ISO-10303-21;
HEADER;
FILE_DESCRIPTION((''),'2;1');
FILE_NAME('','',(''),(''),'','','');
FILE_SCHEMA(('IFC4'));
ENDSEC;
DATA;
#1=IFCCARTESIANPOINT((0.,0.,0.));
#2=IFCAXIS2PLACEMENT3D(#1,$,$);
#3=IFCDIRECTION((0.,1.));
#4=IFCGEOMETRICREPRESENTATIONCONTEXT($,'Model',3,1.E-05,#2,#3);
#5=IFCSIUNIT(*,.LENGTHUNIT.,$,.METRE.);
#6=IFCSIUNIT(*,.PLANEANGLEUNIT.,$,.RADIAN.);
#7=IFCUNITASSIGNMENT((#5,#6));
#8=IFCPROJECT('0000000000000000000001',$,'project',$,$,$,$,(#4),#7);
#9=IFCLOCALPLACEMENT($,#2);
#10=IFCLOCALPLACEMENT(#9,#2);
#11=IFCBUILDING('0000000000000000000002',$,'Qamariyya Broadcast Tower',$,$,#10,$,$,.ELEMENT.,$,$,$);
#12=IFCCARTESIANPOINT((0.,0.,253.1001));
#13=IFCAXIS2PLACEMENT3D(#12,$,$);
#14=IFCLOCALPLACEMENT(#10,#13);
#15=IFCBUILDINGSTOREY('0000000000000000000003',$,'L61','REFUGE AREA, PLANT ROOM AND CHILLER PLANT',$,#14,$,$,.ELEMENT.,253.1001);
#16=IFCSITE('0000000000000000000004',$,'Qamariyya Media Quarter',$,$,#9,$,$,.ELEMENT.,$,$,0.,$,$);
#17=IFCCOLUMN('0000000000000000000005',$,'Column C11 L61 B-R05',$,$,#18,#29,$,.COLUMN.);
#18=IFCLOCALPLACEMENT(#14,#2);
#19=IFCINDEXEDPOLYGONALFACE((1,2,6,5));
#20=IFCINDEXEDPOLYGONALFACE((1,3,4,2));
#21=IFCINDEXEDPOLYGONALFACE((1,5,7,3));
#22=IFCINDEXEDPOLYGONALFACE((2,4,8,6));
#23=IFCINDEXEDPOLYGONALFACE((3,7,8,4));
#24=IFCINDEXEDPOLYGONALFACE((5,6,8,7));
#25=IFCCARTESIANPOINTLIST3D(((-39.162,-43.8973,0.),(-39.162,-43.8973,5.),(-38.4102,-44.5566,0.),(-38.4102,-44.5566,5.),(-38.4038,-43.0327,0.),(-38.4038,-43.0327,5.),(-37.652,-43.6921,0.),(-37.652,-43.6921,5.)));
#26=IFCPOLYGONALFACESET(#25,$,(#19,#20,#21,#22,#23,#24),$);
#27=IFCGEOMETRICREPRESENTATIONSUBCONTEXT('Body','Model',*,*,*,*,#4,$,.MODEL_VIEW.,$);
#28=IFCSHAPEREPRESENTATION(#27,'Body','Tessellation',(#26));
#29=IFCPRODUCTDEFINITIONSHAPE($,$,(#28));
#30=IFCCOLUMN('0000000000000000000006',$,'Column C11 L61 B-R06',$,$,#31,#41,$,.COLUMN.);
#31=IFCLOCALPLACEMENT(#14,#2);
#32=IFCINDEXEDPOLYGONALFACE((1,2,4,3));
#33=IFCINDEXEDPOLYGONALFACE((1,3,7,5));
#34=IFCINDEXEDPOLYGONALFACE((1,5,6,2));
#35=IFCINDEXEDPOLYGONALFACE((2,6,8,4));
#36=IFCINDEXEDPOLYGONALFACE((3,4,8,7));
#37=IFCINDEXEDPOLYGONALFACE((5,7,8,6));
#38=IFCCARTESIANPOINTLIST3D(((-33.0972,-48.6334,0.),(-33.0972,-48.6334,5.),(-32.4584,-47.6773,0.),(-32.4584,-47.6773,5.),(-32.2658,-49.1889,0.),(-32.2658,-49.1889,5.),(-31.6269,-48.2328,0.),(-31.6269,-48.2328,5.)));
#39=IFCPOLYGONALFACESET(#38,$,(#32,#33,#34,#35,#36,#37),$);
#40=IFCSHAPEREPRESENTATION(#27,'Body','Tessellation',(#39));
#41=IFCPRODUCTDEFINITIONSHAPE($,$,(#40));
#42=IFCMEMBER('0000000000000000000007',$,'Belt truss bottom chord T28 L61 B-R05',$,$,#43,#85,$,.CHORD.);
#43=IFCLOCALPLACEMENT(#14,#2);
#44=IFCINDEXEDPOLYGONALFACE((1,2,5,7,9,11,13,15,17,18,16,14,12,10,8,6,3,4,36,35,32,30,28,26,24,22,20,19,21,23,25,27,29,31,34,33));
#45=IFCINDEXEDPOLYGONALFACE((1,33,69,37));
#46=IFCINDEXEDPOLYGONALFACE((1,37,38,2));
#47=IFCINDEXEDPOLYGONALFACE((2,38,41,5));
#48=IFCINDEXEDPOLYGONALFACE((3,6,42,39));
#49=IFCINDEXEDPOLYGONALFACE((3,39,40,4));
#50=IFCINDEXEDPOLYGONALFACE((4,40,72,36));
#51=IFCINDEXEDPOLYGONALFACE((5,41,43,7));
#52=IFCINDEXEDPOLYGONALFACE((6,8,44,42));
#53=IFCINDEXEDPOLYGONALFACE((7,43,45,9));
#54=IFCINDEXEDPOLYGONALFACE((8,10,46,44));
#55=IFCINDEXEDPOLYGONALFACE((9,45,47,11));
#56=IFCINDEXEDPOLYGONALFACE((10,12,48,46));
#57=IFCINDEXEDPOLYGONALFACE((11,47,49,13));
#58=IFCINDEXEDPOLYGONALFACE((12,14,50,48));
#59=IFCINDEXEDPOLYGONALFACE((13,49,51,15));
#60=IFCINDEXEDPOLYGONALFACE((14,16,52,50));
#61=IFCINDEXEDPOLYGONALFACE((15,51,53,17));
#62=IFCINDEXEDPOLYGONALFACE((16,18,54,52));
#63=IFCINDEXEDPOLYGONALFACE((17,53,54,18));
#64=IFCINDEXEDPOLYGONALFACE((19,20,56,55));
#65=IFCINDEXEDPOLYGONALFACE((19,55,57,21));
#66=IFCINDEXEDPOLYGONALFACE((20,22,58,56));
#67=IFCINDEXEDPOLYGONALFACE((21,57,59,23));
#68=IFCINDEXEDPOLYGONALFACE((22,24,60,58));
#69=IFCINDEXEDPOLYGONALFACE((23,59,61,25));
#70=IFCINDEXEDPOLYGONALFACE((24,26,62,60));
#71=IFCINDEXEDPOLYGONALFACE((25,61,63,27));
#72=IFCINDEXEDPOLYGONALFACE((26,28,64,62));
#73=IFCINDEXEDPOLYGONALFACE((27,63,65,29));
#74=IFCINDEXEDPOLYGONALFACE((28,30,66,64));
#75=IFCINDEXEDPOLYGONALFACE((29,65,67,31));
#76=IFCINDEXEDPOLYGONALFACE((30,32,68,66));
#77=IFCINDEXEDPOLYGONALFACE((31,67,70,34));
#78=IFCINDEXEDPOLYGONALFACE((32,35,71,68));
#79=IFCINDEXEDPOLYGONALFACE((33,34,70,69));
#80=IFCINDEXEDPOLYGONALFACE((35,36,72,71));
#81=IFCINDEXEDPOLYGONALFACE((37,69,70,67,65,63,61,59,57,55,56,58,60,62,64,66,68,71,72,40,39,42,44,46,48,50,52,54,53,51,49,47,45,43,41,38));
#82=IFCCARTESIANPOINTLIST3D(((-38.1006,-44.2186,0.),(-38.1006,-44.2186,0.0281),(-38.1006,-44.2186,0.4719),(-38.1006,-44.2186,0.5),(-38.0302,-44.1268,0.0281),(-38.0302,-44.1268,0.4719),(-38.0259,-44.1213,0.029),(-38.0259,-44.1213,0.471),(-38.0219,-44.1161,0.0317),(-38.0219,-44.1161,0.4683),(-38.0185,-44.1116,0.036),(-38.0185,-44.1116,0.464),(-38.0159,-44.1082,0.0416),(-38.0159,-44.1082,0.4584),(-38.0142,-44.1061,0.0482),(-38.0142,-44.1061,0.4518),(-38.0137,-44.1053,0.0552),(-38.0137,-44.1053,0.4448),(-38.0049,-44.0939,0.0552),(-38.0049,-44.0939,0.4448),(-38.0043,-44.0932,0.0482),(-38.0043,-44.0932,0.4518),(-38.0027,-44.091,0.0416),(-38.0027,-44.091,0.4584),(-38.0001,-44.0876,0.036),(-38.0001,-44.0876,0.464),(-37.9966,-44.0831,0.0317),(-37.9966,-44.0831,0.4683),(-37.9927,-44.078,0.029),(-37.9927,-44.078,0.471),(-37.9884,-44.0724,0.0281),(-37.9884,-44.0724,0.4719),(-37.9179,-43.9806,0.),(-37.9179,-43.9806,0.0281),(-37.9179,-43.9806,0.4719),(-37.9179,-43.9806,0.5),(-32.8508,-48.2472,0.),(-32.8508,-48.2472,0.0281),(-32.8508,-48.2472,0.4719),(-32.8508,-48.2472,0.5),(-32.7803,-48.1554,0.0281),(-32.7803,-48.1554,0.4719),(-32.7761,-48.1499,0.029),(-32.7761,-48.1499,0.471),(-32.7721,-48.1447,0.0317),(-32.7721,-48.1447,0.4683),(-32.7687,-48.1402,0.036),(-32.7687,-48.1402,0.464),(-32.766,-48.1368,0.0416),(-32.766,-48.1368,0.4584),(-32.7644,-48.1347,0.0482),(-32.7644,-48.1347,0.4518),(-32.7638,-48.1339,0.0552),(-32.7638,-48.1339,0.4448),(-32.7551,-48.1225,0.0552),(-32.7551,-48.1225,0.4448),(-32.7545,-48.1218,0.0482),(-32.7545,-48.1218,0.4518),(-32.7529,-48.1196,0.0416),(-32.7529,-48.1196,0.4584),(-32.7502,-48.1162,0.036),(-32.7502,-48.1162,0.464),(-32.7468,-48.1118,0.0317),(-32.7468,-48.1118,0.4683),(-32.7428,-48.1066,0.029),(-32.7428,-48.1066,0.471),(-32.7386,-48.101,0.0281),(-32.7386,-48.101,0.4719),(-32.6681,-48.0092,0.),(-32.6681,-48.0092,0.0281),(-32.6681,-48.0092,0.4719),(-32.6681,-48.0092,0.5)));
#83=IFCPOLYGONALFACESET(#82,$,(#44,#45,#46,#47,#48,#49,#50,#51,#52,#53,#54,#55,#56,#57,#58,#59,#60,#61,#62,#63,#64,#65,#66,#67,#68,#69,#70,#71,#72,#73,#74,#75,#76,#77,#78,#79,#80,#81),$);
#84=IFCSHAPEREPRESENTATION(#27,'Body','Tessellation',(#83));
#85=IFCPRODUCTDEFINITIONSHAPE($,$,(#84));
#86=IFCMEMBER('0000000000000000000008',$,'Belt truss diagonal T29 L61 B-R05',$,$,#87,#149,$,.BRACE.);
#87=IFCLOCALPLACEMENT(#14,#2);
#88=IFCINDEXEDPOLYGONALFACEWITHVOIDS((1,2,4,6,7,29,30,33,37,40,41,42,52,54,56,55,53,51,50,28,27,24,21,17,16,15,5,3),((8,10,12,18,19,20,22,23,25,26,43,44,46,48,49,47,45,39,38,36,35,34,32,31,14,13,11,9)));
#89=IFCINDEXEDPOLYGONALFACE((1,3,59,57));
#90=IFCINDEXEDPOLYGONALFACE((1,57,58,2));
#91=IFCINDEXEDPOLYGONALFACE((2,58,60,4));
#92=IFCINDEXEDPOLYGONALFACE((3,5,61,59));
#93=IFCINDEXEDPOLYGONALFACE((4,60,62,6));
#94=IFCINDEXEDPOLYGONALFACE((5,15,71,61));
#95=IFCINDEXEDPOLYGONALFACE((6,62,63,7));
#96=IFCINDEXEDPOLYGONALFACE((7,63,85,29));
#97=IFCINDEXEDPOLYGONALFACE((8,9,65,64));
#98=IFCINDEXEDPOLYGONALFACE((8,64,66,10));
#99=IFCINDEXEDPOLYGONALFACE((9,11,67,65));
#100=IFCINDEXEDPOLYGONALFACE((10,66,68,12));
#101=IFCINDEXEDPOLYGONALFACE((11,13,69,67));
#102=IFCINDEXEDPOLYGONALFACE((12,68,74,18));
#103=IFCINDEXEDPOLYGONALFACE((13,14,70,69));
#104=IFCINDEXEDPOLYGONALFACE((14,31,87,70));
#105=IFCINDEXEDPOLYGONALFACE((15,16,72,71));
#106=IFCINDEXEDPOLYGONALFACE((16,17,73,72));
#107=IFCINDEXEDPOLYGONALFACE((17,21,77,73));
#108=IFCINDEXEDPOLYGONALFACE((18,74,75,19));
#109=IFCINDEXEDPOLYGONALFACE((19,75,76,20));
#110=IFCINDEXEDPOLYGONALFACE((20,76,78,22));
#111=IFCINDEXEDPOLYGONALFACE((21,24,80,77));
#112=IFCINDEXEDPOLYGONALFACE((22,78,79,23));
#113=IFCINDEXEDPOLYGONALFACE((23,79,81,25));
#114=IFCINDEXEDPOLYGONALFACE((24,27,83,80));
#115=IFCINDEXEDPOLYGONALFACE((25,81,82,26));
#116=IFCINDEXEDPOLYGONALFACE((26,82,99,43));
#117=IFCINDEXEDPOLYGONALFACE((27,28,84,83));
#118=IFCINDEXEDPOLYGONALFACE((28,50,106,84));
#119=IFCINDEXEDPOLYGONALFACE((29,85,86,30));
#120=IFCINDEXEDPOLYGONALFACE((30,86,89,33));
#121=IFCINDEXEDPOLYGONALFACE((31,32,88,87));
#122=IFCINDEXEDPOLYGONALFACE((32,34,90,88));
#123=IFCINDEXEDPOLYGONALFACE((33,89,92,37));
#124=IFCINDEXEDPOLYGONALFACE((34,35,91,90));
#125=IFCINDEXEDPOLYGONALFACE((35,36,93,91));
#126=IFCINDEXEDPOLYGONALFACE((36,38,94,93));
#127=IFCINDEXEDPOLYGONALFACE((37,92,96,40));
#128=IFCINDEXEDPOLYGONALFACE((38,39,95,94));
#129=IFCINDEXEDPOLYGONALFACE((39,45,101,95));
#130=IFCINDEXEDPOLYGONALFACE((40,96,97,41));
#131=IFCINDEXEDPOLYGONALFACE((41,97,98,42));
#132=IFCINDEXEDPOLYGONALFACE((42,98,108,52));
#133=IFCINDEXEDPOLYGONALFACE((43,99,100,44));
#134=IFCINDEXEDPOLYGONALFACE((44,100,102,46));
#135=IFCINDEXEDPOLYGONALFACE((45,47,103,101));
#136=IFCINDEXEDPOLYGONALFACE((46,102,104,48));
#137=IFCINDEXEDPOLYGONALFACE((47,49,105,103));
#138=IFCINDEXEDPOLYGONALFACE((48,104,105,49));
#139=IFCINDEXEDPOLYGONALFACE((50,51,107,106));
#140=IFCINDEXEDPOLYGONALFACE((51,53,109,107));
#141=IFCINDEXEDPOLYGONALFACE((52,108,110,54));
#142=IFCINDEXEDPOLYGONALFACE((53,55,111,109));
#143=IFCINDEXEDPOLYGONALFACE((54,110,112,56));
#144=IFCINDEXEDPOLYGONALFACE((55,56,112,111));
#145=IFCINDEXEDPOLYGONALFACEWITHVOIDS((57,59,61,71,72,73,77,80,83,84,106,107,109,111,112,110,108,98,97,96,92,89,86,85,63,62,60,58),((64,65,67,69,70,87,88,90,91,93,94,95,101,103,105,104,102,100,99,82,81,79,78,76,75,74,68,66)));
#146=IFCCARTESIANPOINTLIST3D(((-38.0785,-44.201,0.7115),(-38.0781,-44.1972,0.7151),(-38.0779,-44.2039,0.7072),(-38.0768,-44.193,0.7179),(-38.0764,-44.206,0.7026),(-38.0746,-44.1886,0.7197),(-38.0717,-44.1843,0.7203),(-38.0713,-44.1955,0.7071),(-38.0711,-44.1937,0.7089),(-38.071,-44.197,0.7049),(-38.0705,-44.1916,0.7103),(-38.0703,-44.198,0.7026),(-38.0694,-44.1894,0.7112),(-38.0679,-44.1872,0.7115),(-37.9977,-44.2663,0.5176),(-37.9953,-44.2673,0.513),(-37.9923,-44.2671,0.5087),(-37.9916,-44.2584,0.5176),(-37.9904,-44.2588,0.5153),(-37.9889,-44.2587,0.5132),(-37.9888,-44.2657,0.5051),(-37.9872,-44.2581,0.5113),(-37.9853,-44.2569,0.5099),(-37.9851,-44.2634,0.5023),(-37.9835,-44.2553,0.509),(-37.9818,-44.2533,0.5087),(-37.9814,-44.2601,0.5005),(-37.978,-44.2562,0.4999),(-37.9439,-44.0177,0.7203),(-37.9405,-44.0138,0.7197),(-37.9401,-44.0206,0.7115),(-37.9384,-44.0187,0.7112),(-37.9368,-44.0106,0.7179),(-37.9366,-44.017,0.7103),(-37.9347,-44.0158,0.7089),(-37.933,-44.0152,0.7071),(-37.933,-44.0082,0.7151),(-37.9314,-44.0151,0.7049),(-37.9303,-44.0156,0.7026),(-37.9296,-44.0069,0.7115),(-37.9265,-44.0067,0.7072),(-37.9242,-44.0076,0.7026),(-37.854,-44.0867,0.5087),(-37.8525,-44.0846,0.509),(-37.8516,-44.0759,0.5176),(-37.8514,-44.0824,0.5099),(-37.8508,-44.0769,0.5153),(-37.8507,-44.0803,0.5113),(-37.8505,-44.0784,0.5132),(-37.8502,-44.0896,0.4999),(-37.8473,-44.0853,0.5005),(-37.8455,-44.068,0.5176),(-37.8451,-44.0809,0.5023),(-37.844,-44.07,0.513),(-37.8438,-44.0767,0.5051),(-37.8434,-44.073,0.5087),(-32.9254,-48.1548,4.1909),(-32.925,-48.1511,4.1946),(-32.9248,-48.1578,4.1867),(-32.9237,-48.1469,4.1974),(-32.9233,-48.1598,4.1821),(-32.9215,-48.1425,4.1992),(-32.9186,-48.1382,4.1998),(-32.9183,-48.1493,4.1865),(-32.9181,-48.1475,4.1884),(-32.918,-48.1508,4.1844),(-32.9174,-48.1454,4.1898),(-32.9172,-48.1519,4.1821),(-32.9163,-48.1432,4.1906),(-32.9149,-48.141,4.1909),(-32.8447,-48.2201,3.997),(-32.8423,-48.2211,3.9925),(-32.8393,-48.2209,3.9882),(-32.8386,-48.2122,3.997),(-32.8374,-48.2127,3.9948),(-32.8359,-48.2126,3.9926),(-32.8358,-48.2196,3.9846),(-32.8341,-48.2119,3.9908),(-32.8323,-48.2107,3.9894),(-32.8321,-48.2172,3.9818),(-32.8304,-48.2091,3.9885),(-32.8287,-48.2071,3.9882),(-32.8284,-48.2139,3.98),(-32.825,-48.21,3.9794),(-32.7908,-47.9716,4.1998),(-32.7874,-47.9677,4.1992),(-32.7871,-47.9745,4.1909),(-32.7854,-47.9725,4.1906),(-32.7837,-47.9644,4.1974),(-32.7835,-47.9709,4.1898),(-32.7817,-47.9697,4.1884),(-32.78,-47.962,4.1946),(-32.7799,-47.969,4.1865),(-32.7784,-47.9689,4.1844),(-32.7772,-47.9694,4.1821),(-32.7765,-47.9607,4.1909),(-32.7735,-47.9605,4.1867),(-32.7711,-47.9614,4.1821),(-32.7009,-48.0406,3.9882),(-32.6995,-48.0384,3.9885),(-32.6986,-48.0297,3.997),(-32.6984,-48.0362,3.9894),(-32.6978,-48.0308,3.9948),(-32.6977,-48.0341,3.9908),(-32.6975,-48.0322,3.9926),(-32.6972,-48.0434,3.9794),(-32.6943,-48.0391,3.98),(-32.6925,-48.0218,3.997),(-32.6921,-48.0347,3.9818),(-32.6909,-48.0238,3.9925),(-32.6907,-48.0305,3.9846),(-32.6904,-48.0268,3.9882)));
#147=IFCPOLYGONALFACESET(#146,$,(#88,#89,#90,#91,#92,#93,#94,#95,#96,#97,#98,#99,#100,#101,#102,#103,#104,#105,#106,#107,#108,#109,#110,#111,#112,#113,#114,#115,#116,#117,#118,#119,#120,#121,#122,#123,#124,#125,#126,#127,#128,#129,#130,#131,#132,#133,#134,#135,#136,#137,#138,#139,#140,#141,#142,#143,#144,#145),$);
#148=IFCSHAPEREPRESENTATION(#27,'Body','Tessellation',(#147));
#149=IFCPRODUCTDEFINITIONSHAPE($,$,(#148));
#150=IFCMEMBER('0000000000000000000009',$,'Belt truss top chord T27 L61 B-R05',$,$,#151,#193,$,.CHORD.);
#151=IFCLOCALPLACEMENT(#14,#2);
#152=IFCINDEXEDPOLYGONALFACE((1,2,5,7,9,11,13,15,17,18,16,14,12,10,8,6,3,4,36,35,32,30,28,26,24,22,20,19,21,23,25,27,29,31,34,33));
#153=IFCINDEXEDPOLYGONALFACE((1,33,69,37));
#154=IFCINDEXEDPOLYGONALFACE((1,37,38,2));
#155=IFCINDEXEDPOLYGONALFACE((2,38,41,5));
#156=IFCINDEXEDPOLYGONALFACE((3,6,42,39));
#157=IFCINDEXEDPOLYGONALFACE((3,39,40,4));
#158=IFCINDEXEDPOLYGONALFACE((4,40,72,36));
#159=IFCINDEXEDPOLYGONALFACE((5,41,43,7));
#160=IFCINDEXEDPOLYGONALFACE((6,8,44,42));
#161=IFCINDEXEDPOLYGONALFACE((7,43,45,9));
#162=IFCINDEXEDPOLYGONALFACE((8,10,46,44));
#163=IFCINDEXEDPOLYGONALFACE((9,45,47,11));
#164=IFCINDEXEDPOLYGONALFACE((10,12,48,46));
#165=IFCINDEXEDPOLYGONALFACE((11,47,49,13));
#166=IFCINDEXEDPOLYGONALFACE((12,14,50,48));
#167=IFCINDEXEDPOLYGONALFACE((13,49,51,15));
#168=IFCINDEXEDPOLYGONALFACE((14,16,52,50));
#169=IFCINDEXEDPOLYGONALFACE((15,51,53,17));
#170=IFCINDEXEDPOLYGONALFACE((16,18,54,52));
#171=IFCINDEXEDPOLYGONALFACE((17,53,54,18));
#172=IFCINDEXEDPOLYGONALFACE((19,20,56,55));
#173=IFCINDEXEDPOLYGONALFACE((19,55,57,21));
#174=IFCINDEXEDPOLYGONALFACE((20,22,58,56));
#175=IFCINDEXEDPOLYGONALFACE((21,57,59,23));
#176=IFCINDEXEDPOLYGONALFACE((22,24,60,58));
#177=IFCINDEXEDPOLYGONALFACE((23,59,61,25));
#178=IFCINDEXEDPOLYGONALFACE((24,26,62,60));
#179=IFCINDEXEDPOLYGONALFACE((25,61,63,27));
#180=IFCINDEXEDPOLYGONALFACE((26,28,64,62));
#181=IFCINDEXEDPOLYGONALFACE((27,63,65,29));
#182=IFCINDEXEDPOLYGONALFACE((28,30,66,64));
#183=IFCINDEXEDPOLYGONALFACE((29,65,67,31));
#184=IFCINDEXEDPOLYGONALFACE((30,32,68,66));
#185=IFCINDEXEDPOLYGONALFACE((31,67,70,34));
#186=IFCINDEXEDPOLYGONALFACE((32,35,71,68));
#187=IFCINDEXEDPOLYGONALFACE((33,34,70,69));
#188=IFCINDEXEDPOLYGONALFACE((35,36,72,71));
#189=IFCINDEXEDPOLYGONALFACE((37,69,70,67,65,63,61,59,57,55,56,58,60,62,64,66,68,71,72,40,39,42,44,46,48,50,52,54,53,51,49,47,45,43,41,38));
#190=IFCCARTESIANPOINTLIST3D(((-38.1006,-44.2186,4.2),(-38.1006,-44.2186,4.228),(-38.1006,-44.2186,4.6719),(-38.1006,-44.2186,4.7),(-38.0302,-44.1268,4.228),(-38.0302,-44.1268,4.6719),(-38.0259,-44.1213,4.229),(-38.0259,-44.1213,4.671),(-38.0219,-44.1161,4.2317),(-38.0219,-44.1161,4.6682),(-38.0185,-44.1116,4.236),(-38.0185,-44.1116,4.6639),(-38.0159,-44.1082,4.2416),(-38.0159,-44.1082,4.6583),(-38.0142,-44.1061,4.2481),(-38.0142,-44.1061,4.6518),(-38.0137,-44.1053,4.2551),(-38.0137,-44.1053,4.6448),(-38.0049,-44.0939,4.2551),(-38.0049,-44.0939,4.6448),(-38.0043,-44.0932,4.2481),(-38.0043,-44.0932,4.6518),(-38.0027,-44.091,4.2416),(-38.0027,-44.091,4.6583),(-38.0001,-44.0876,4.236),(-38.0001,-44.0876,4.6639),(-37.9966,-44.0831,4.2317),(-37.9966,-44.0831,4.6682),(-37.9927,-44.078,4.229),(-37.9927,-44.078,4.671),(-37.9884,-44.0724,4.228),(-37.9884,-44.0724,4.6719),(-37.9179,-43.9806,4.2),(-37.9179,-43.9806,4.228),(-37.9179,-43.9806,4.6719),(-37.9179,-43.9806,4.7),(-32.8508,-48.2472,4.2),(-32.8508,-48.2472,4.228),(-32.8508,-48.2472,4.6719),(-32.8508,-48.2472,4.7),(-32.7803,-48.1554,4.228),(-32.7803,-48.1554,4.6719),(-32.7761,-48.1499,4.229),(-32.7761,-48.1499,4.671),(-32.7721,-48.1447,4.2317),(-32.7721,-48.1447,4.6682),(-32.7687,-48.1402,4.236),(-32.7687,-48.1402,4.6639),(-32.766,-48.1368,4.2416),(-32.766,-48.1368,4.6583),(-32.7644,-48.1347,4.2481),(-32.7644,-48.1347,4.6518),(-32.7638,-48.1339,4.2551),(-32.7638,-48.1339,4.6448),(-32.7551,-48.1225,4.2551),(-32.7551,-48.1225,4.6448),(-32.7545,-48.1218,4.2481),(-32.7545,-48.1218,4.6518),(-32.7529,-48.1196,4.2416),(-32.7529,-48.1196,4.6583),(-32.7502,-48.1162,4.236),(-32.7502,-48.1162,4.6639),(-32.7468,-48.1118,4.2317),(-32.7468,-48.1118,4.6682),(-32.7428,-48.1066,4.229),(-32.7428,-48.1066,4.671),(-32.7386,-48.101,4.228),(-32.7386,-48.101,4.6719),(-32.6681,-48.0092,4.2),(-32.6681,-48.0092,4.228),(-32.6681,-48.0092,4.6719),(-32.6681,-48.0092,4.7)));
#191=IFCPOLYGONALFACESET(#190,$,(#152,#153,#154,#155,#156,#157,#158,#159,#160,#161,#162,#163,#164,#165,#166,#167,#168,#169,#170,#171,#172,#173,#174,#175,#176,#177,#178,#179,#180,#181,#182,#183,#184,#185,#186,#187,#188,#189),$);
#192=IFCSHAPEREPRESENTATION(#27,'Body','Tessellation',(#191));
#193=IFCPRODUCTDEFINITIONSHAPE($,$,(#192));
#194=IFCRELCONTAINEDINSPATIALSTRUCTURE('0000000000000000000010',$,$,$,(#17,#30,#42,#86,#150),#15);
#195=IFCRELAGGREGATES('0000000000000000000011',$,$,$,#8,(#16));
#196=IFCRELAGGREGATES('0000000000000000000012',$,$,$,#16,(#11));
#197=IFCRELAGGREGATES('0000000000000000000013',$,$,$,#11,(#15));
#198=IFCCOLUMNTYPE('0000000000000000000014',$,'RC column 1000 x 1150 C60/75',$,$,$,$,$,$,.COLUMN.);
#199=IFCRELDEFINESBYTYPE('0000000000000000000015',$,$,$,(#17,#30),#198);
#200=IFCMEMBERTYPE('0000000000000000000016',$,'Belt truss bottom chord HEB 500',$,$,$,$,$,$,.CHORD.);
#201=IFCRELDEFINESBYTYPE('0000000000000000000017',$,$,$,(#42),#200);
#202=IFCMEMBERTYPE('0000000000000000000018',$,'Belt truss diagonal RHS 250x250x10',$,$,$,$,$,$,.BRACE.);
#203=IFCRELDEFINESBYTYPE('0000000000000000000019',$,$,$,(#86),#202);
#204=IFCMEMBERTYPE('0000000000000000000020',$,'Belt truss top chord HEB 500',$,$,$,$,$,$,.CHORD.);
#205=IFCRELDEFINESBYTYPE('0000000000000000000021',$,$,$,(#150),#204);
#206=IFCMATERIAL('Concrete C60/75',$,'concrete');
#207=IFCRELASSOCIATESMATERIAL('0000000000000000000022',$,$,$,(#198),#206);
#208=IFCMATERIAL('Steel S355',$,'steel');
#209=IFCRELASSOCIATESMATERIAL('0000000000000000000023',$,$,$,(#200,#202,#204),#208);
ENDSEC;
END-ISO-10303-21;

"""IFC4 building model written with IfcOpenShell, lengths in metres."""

from ifc_helpers import new_model, si_unit, direction, frame, origin, origin_2d, place, context, subcontext, project, spatial, rectangle, hollow_rectangle, i_section, extrude, material, material_profile, profile_set, type_object, element, save


model = new_model("IFC4")

# Units and contexts
model_context = context("Model", 3, precision=1e-05, world=origin(), true_north=direction((0.0, 1.0)))
body_context = subcontext(model_context, "Body", "Model", "MODEL_VIEW")
ifc_project = project(units=[si_unit("LENGTHUNIT", "METRE"), si_unit("PLANEANGLEUNIT", "RADIAN")], contexts=[model_context])

# Site, building, storey
site_placement = place(None, origin())
site = spatial("IfcSite", under=ifc_project, at=site_placement, Name="Qamariyya Media Quarter", CompositionType="ELEMENT", RefElevation=0.0)
building_placement = place(site_placement, origin())
building = spatial("IfcBuilding", under=site, at=building_placement, Name="Qamariyya Broadcast Tower", CompositionType="ELEMENT")
storey_placement = place(building_placement, frame((0.0, 0.0, 253.1001)))
storey = spatial("IfcBuildingStorey", under=building, at=storey_placement, Name="L61", Description="REFUGE AREA, PLANT ROOM AND CHILLER PLANT", CompositionType="ELEMENT", Elevation=253.1001)

# Columns
ifc_material_1 = material(Name="Concrete C60/75", Category="concrete")
ifc_material_profile_1 = material_profile(ifc_material_1, rectangle(XDim=1.0, YDim=1.1499, at=origin_2d()))
ifc_profile_set_1 = profile_set([ifc_material_profile_1], Name="Concrete C60/75")
column_type = type_object("IfcColumnType", Name="RC column 1000 x 1150 C60/75", PredefinedType="COLUMN", material=ifc_profile_set_1)
for number, where, z_axis, x_axis, name in (
    (1, (-38.407, -43.7947, 0.0), (0.0, 0.0, 1.0), (0.75184, -0.659346, 0.0), "Column C11 L61 B-R05"),
    (2, (-32.3621, -48.4331, 0.0), (0.0, 0.0, 1.0), (0.83147, -0.55557, 0.0), "Column C11 L61 B-R06"),
):
    element("IfcColumn", number, at=place(storey_placement, frame(where, z_axis=z_axis, x_axis=x_axis)), inside=storey, type_object=column_type, Name=name, PredefinedType="COLUMN", context=body_context, shape_type="SweptSolid", body=[
        extrude(rectangle(XDim=1.0, YDim=1.1499, at=origin_2d()), origin(), (0.0, 0.0, 1.0), 5.0),
    ])

# Members
ifc_material_2 = material(Name="Steel S355", Category="steel")
ifc_material_profile_2 = material_profile(ifc_material_2, i_section(OverallWidth=0.3, OverallDepth=0.5, WebThickness=0.0144, FlangeThickness=0.0281, FilletRadius=0.0271, at=origin_2d()))
ifc_profile_set_2 = profile_set([ifc_material_profile_2], Name="Steel S355")
member_type_1 = type_object("IfcMemberType", Name="Belt truss bottom chord HEB 500", PredefinedType="CHORD", material=ifc_profile_set_2)
member_1_placement = place(storey_placement, frame((-38.0093, -44.0996, 0.25), z_axis=(0.793333, -0.608789, 0.0), x_axis=(0.608789, 0.793333, 0.0)))
element("IfcMember", 3, at=member_1_placement, inside=storey, type_object=member_type_1, Name="Belt truss bottom chord T28 L61 B-R05", PredefinedType="CHORD", context=body_context, shape_type="SweptSolid", body=[
    extrude(i_section(OverallWidth=0.3, OverallDepth=0.5, WebThickness=0.0144, FlangeThickness=0.0281, FilletRadius=0.0271, at=origin_2d()), origin(), (0.0, 0.0, 1.0), 6.6174),
])
ifc_material_profile_3 = material_profile(ifc_material_2, hollow_rectangle(XDim=0.25, YDim=0.25, WallThickness=0.01, InnerFilletRadius=0.01, OuterFilletRadius=0.02, at=origin_2d()))
ifc_profile_set_3 = profile_set([ifc_material_profile_3], Name="Steel S355")
member_type_2 = type_object("IfcMemberType", Name="Belt truss diagonal RHS 250x250x10", PredefinedType="BRACE", material=ifc_profile_set_3)
member_2_placement = place(storey_placement, frame((-37.9609, -44.137, 0.6101), z_axis=(0.699343, -0.536593, 0.472215), x_axis=(0.608738, 0.793371, 0.0)))
element("IfcMember", 4, at=member_2_placement, inside=storey, type_object=member_type_2, Name="Belt truss diagonal T29 L61 B-R05", PredefinedType="BRACE", context=body_context, shape_type="SweptSolid", body=[
    extrude(hollow_rectangle(XDim=0.25, YDim=0.25, WallThickness=0.01, InnerFilletRadius=0.01, OuterFilletRadius=0.02, at=origin_2d()), origin(), (0.0, 0.0, 1.0), 7.3684),
])
ifc_material_profile_4 = material_profile(ifc_material_2, i_section(OverallWidth=0.3, OverallDepth=0.5, WebThickness=0.0144, FlangeThickness=0.0281, FilletRadius=0.0271, at=origin_2d()))
ifc_profile_set_4 = profile_set([ifc_material_profile_4], Name="Steel S355")
member_type_3 = type_object("IfcMemberType", Name="Belt truss top chord HEB 500", PredefinedType="CHORD", material=ifc_profile_set_4)
member_3_placement = place(storey_placement, frame((-38.0093, -44.0996, 4.45), z_axis=(0.793333, -0.608789, 0.0), x_axis=(0.608789, 0.793333, 0.0)))
element("IfcMember", 5, at=member_3_placement, inside=storey, type_object=member_type_3, Name="Belt truss top chord T27 L61 B-R05", PredefinedType="CHORD", context=body_context, shape_type="SweptSolid", body=[
    extrude(i_section(OverallWidth=0.3, OverallDepth=0.5, WebThickness=0.0144, FlangeThickness=0.0281, FilletRadius=0.0271, at=origin_2d()), origin(), (0.0, 0.0, 1.0), 6.6174),
])

save(model, "model.ifc")
